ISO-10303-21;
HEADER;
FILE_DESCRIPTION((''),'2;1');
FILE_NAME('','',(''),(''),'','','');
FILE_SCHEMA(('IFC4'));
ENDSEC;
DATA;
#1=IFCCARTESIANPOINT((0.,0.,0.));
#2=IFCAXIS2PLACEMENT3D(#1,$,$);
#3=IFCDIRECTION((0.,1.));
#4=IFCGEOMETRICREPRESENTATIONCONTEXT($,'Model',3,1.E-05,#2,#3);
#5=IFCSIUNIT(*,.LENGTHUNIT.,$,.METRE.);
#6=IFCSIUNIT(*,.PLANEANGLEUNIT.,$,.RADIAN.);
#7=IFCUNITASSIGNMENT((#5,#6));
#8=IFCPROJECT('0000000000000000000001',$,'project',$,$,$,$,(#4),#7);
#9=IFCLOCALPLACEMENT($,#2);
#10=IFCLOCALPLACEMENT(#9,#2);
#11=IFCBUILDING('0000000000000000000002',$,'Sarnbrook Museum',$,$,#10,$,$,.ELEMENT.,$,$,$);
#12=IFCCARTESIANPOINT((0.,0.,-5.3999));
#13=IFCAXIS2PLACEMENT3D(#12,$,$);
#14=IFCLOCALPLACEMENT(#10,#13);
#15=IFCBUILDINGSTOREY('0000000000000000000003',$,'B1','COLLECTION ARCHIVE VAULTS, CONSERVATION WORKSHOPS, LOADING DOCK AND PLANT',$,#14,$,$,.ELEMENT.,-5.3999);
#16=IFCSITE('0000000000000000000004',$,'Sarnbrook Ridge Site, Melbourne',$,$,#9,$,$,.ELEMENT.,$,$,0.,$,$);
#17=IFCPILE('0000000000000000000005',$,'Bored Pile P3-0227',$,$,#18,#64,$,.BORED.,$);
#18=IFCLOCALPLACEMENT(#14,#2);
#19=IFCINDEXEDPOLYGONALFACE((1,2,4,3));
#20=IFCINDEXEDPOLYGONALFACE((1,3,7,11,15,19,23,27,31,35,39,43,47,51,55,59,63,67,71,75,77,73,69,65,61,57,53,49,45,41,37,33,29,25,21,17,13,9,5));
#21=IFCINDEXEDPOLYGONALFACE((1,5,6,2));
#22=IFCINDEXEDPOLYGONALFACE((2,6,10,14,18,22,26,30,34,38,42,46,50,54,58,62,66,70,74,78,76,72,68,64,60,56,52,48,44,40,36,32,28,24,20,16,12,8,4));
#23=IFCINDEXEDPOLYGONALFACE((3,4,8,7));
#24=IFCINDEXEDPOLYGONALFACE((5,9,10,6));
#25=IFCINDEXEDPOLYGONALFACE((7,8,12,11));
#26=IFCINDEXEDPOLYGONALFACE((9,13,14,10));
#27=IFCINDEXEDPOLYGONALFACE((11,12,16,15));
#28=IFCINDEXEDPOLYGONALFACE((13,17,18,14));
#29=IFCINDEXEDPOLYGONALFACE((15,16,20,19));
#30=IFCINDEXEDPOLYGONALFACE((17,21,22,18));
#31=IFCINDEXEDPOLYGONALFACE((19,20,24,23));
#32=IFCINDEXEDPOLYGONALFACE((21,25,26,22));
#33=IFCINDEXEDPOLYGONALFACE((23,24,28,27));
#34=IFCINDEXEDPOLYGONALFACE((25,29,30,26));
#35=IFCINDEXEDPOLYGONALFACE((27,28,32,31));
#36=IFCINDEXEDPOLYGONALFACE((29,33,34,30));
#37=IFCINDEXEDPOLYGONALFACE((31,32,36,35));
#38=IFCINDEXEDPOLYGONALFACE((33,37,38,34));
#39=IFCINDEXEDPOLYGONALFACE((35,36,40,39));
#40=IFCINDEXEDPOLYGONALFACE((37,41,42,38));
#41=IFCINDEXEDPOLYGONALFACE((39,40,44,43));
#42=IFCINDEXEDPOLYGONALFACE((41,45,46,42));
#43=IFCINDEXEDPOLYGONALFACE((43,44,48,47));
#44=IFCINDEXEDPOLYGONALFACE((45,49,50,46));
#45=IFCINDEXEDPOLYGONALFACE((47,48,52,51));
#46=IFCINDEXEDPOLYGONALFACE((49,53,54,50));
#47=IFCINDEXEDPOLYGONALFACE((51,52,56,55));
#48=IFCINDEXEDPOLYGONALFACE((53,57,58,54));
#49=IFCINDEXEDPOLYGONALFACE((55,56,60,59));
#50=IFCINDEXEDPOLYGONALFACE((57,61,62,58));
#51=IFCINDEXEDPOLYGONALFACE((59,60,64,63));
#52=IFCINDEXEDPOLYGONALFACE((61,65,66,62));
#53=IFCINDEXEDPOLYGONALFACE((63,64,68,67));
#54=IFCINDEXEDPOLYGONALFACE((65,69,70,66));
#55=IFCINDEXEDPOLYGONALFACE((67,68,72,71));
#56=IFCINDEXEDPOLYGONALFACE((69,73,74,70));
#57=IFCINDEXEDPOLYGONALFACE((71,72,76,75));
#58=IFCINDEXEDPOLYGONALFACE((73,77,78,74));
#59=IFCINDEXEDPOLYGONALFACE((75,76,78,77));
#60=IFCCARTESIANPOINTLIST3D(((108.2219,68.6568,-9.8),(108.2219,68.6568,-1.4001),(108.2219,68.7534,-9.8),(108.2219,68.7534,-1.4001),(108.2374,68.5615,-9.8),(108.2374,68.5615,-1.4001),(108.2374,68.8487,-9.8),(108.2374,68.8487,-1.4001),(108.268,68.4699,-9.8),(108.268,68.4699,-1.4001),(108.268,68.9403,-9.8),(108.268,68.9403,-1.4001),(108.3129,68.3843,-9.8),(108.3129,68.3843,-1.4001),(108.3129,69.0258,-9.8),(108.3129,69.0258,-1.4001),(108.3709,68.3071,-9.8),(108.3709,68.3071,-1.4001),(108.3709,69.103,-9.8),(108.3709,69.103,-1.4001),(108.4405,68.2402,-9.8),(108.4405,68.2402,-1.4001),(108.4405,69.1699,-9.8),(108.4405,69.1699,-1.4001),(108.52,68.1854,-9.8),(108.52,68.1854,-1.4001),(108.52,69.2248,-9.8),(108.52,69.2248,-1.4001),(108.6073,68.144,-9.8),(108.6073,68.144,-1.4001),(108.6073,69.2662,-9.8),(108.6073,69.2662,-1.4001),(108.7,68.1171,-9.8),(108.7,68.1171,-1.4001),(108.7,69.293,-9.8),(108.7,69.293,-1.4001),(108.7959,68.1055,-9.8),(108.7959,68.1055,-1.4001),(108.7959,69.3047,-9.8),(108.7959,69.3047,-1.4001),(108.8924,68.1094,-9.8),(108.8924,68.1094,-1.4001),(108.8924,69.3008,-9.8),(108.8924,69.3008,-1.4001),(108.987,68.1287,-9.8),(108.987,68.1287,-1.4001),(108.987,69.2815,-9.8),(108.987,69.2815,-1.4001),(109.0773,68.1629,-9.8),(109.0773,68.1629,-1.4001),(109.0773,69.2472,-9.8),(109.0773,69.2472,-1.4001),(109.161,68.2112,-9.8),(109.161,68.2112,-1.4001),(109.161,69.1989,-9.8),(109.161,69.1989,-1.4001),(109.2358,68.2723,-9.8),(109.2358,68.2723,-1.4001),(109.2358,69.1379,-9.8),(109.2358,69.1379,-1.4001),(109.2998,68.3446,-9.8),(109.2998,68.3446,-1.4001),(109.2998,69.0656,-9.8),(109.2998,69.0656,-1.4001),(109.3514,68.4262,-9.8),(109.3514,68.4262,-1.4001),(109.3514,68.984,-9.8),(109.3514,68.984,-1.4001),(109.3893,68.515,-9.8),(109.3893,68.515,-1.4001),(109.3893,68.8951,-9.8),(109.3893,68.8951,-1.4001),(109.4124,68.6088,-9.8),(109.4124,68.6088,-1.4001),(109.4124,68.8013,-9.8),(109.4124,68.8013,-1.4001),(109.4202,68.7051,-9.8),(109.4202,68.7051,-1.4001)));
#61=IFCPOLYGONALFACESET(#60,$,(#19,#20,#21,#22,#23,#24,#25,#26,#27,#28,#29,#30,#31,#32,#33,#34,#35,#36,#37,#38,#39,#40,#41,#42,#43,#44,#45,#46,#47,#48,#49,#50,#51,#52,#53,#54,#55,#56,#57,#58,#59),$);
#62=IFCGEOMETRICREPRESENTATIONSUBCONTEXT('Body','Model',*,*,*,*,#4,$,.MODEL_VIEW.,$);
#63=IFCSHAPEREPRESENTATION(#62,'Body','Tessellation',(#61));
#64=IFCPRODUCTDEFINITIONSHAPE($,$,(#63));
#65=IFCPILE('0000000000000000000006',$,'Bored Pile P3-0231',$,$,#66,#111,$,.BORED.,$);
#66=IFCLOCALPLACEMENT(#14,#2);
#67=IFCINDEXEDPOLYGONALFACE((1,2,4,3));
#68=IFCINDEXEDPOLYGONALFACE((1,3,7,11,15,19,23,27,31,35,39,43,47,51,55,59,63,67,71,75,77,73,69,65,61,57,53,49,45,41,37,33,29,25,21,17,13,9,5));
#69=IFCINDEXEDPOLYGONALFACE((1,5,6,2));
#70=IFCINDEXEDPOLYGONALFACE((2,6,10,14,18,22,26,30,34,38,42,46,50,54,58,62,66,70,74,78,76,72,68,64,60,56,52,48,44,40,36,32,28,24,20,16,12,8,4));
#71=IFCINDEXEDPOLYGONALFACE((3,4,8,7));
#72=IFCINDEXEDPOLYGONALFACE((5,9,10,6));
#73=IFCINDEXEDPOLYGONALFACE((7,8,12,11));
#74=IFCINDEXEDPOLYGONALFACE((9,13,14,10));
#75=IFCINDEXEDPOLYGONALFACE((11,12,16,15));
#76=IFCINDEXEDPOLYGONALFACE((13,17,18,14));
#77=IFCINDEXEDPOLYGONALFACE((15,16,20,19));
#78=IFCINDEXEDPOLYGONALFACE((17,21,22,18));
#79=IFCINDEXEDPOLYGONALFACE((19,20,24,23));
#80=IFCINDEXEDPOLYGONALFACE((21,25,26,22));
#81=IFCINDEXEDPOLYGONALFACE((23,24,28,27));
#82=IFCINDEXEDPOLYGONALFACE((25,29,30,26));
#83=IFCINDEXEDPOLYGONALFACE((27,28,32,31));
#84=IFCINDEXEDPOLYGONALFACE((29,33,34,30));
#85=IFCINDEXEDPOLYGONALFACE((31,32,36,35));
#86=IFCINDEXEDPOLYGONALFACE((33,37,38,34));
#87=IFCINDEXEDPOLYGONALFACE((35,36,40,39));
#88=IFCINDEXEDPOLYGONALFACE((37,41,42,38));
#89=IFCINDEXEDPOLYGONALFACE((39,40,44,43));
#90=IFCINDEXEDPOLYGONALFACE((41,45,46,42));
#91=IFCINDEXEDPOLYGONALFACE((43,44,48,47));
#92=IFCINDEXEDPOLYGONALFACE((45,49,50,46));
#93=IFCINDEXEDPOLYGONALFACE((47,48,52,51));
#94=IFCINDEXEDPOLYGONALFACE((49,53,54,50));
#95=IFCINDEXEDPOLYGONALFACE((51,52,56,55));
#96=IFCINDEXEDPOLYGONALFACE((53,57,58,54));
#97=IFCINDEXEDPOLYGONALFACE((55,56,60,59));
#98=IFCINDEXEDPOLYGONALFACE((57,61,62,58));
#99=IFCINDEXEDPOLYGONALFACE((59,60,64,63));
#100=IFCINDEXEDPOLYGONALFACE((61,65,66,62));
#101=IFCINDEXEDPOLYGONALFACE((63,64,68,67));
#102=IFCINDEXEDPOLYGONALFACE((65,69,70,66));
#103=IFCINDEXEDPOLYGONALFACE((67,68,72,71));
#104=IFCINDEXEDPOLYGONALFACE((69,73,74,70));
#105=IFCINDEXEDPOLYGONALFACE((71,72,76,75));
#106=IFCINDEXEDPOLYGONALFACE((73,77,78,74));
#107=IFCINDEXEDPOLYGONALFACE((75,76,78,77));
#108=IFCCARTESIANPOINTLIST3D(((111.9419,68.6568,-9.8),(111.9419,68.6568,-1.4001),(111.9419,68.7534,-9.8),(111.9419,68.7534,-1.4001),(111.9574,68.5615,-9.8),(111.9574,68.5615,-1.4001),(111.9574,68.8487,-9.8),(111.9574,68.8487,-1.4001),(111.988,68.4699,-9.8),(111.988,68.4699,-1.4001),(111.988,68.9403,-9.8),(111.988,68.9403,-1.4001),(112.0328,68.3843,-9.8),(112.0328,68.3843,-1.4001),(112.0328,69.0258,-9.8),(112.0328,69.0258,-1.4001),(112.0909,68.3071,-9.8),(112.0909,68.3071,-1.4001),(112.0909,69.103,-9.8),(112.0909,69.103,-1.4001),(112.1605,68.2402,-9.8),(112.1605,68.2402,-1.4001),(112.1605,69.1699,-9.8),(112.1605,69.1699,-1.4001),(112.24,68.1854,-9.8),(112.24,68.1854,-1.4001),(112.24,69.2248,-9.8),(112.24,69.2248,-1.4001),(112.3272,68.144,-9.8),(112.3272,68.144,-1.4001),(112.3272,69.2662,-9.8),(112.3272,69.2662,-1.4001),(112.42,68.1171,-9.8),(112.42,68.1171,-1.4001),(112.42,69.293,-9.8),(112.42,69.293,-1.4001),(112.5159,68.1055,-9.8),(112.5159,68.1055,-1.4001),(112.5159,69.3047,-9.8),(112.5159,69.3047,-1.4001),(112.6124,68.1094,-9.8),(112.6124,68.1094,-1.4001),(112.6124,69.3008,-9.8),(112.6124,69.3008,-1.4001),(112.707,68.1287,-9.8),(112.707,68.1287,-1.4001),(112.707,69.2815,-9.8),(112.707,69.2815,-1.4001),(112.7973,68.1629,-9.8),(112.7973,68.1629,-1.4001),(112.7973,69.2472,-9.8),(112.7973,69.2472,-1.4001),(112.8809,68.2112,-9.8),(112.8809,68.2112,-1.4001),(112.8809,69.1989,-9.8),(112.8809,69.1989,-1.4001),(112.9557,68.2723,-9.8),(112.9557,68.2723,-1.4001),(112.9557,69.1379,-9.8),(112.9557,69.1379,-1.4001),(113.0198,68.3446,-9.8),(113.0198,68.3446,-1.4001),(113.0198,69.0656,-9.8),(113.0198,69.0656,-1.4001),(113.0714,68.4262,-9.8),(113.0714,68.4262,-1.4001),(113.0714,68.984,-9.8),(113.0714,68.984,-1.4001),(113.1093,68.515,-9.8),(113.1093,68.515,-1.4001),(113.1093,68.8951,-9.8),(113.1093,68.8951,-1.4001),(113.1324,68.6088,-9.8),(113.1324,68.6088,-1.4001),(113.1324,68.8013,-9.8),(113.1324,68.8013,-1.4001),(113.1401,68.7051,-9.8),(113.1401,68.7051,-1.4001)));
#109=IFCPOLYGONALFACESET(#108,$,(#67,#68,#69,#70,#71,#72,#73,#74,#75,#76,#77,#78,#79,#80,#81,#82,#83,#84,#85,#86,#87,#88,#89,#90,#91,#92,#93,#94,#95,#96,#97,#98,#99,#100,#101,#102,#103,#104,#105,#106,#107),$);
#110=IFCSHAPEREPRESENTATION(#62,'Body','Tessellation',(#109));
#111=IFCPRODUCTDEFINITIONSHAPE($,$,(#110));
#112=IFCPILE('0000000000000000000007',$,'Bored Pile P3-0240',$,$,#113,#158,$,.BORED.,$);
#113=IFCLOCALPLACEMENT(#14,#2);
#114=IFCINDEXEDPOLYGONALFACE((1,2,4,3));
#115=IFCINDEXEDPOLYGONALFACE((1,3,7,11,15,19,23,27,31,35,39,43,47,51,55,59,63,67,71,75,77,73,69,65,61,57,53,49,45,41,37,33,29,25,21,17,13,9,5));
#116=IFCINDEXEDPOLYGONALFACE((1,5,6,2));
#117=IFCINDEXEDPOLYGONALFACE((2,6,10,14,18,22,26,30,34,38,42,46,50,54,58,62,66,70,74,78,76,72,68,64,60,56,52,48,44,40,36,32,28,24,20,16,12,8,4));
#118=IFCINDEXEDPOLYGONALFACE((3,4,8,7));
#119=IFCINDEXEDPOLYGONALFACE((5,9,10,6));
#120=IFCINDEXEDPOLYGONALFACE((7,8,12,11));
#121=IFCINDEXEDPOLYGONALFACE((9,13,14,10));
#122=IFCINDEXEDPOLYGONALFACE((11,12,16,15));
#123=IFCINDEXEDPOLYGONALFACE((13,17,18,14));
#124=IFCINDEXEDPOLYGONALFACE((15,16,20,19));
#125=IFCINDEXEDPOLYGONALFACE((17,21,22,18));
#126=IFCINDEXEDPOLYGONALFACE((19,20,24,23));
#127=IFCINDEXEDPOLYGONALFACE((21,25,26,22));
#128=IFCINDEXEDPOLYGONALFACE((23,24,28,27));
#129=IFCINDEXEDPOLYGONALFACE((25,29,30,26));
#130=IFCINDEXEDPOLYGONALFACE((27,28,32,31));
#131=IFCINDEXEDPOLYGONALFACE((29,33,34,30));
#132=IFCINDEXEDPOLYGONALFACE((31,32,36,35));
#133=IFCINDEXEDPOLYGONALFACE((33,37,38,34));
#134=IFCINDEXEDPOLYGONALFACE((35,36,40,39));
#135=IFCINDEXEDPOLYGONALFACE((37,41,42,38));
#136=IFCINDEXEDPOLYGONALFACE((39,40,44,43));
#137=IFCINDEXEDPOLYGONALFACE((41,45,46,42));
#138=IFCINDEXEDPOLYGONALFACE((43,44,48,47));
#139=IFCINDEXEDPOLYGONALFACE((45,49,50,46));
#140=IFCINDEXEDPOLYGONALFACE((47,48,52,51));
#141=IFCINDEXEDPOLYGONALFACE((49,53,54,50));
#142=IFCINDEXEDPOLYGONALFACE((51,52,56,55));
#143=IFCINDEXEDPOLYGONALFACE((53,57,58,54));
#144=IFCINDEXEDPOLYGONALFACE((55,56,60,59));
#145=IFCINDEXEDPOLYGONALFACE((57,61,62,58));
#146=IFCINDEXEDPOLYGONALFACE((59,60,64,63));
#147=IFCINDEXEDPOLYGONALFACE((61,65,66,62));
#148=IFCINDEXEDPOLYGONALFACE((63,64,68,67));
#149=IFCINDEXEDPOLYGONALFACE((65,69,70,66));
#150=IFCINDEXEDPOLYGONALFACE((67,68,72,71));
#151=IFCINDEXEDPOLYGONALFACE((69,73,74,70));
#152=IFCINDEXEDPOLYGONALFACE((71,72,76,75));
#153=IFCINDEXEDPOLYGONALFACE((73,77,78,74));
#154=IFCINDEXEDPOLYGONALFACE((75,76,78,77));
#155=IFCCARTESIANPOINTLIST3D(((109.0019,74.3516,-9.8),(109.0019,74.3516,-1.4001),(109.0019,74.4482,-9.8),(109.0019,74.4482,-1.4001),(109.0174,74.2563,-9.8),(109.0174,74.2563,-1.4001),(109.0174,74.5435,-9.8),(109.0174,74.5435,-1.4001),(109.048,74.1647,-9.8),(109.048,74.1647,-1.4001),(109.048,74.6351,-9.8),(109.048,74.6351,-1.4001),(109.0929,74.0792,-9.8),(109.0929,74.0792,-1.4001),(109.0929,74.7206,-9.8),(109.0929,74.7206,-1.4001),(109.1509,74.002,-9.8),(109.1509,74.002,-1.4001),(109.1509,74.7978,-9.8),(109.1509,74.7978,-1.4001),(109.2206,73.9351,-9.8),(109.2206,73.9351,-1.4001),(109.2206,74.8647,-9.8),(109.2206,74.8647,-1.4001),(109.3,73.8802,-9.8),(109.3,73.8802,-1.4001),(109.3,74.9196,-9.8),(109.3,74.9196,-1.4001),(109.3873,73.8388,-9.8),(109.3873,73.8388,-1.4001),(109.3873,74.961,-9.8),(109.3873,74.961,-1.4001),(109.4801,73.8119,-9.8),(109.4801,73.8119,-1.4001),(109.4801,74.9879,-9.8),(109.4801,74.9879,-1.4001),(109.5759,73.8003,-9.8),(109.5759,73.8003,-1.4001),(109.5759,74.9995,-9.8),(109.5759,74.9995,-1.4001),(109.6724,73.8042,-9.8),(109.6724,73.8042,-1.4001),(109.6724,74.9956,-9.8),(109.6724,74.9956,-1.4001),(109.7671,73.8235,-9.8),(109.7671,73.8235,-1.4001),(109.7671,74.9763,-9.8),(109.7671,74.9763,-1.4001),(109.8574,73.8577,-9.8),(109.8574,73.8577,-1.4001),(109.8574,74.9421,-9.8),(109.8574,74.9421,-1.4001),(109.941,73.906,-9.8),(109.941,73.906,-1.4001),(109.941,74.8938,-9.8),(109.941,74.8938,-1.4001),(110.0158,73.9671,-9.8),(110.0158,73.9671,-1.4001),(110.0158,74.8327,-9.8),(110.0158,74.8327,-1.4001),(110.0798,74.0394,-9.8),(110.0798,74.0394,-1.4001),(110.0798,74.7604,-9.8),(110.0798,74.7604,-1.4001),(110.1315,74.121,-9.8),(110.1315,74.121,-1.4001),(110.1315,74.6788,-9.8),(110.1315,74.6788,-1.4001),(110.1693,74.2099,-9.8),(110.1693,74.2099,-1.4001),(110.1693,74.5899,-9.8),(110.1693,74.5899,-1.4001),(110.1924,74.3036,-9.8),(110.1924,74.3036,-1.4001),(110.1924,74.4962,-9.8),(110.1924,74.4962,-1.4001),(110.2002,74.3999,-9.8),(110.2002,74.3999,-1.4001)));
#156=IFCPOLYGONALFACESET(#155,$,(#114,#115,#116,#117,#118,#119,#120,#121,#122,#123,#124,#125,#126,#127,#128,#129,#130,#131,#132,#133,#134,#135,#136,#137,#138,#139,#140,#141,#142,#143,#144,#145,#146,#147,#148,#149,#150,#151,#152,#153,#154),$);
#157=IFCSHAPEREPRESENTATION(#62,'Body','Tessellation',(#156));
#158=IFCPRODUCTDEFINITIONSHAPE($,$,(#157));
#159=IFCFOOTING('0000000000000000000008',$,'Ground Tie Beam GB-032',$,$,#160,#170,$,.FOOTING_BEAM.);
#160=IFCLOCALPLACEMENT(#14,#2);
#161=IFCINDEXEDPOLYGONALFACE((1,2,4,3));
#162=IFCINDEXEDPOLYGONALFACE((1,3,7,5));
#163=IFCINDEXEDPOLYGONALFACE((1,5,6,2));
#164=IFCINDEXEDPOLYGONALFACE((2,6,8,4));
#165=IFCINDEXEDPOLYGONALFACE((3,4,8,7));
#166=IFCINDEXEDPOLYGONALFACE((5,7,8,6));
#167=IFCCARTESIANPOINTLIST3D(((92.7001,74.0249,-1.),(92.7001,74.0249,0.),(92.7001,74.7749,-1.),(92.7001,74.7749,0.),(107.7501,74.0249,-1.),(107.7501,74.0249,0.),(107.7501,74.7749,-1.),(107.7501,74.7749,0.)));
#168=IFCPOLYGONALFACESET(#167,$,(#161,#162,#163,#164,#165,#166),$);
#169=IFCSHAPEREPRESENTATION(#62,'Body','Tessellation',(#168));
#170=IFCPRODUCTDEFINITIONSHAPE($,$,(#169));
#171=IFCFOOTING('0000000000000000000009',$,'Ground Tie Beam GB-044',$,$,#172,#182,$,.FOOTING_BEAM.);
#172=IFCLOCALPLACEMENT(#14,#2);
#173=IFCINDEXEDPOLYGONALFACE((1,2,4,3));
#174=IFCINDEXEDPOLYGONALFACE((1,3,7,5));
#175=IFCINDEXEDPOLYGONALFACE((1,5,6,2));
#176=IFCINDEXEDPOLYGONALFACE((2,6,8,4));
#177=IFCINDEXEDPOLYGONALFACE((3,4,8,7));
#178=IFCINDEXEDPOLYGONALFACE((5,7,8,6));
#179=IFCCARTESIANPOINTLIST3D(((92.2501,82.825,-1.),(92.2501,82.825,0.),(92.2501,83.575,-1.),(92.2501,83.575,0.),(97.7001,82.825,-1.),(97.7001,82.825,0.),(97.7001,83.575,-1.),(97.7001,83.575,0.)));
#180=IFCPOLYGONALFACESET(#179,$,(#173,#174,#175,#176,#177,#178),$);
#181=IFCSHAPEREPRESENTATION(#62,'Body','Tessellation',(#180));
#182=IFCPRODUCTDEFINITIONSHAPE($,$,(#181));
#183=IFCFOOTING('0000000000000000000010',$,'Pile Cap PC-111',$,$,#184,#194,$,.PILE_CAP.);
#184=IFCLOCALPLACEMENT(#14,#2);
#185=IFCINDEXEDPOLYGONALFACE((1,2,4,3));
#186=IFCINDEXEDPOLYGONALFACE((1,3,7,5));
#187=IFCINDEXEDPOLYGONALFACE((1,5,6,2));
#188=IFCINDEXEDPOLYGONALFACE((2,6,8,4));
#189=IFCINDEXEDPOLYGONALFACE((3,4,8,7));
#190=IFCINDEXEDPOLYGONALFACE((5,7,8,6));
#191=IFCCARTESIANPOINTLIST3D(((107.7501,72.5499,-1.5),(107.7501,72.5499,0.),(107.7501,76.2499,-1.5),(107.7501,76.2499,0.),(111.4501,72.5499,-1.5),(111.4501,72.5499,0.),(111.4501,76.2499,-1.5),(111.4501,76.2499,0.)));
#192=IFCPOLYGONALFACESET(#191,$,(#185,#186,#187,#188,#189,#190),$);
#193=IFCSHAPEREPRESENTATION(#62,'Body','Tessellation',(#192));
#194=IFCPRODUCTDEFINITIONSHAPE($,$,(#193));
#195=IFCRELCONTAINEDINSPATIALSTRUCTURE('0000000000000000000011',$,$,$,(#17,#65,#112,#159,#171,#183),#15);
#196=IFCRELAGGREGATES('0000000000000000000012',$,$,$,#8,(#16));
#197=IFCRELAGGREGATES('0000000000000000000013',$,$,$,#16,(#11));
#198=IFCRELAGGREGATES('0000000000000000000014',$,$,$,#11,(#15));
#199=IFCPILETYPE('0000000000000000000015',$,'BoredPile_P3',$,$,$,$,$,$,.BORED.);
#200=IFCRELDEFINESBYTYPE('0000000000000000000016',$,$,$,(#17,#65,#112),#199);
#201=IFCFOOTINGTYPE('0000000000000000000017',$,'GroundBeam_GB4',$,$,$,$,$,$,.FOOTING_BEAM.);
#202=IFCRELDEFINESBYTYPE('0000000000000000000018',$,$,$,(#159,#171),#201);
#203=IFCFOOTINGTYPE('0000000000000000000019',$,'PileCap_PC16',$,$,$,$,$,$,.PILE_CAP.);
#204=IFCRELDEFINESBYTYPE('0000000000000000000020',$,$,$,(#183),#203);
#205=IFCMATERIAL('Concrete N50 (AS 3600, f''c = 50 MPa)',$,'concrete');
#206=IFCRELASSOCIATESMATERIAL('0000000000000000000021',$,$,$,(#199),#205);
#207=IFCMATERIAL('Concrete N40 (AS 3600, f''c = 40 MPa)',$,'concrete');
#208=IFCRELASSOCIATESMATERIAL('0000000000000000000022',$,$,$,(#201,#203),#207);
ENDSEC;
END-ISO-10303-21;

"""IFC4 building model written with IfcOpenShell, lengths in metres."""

from ifc_helpers import new_model, si_unit, direction, frame, origin, origin_2d, place, context, subcontext, project, spatial, rectangle, circle, extrude, material, material_profile, profile_set, type_object, element, save


model = new_model("IFC4")

# Units and contexts
model_context = context("Model", 3, precision=1e-05, world=origin(), true_north=direction((0.0, 1.0)))
body_context = subcontext(model_context, "Body", "Model", "MODEL_VIEW")
ifc_project = project(units=[si_unit("LENGTHUNIT", "METRE"), si_unit("PLANEANGLEUNIT", "RADIAN")], contexts=[model_context])

# Site, building, storey
site_placement = place(None, origin())
site = spatial("IfcSite", under=ifc_project, at=site_placement, Name="Sarnbrook Ridge Site, Melbourne", CompositionType="ELEMENT", RefElevation=0.0)
building_placement = place(site_placement, origin())
building = spatial("IfcBuilding", under=site, at=building_placement, Name="Sarnbrook Museum", CompositionType="ELEMENT")
storey_placement = place(building_placement, frame((0.0, 0.0, -5.3999)))
storey = spatial("IfcBuildingStorey", under=building, at=storey_placement, Name="B1", Description="COLLECTION ARCHIVE VAULTS, CONSERVATION WORKSHOPS, LOADING DOCK AND PLANT", CompositionType="ELEMENT", Elevation=-5.3999)

# Piles
ifc_material_1 = material(Name="Concrete N50 (AS 3600, f'c = 50 MPa)", Category="concrete")
ifc_material_profile_1 = material_profile(ifc_material_1, circle(Radius=0.6001, at=origin_2d()), Name="BORED PILE D1200")
ifc_profile_set_1 = profile_set([ifc_material_profile_1], Name="Concrete N50 (AS 3600, f'c = 50 MPa)")
pile_type = type_object("IfcPileType", Name="BoredPile_P3", PredefinedType="BORED", material=ifc_profile_set_1)
for number, where, z_axis, x_axis, name in (
    (1, (108.8201, 68.7051, -1.4001), (0.0, 0.0, -1.0), (1.0, 0.0, 0.0), "Bored Pile P3-0227"),
    (2, (112.54, 68.7051, -1.4001), (0.0, 0.0, -1.0), (1.0, 0.0, 0.0), "Bored Pile P3-0231"),
    (3, (109.6001, 74.3999, -1.4001), (0.0, 0.0, -1.0), (1.0, 0.0, 0.0), "Bored Pile P3-0240"),
):
    element("IfcPile", number, at=place(storey_placement, frame(where, z_axis=z_axis, x_axis=x_axis)), inside=storey, type_object=pile_type, Name=name, PredefinedType="BORED", context=body_context, shape_type="SweptSolid", body=[
        extrude(circle(Radius=0.6001, at=origin_2d()), origin(), (0.0, 0.0, 1.0), 8.3999),
    ])

# Footings
ifc_material_2 = material(Name="Concrete N40 (AS 3600, f'c = 40 MPa)", Category="concrete")
footing_type_1 = type_object("IfcFootingType", Name="GroundBeam_GB4", PredefinedType="FOOTING_BEAM", material=ifc_material_2)
footing_1_placement = place(storey_placement, frame((100.2251, 74.3999, -1.0), z_axis=(0.0, 0.0, 1.0), x_axis=(1.0, 0.0, 0.0)))
element("IfcFooting", 4, at=footing_1_placement, inside=storey, type_object=footing_type_1, Name="Ground Tie Beam GB-032", PredefinedType="FOOTING_BEAM", context=body_context, shape_type="SweptSolid", body=[
    extrude(rectangle(XDim=15.05, YDim=0.75, at=origin_2d()), origin(), (0.0, 0.0, 1.0), 1.0),
])
footing_2_placement = place(storey_placement, frame((94.9751, 83.2, -1.0), z_axis=(0.0, 0.0, 1.0), x_axis=(1.0, 0.0, 0.0)))
element("IfcFooting", 5, at=footing_2_placement, inside=storey, type_object=footing_type_1, Name="Ground Tie Beam GB-044", PredefinedType="FOOTING_BEAM", context=body_context, shape_type="SweptSolid", body=[
    extrude(rectangle(XDim=5.45, YDim=0.75, at=origin_2d()), origin(), (0.0, 0.0, 1.0), 1.0),
])
footing_type_2 = type_object("IfcFootingType", Name="PileCap_PC16", PredefinedType="PILE_CAP", material=ifc_material_2)
footing_3_placement = place(storey_placement, frame((109.6001, 74.3999, -1.5), z_axis=(0.0, 0.0, 1.0), x_axis=(1.0, 0.0, 0.0)))
element("IfcFooting", 6, at=footing_3_placement, inside=storey, type_object=footing_type_2, Name="Pile Cap PC-111", PredefinedType="PILE_CAP", context=body_context, shape_type="SweptSolid", body=[
    extrude(rectangle(XDim=3.7, YDim=3.7, at=origin_2d()), origin(), (0.0, 0.0, 1.0), 1.5),
])

save(model, "model.ifc")
